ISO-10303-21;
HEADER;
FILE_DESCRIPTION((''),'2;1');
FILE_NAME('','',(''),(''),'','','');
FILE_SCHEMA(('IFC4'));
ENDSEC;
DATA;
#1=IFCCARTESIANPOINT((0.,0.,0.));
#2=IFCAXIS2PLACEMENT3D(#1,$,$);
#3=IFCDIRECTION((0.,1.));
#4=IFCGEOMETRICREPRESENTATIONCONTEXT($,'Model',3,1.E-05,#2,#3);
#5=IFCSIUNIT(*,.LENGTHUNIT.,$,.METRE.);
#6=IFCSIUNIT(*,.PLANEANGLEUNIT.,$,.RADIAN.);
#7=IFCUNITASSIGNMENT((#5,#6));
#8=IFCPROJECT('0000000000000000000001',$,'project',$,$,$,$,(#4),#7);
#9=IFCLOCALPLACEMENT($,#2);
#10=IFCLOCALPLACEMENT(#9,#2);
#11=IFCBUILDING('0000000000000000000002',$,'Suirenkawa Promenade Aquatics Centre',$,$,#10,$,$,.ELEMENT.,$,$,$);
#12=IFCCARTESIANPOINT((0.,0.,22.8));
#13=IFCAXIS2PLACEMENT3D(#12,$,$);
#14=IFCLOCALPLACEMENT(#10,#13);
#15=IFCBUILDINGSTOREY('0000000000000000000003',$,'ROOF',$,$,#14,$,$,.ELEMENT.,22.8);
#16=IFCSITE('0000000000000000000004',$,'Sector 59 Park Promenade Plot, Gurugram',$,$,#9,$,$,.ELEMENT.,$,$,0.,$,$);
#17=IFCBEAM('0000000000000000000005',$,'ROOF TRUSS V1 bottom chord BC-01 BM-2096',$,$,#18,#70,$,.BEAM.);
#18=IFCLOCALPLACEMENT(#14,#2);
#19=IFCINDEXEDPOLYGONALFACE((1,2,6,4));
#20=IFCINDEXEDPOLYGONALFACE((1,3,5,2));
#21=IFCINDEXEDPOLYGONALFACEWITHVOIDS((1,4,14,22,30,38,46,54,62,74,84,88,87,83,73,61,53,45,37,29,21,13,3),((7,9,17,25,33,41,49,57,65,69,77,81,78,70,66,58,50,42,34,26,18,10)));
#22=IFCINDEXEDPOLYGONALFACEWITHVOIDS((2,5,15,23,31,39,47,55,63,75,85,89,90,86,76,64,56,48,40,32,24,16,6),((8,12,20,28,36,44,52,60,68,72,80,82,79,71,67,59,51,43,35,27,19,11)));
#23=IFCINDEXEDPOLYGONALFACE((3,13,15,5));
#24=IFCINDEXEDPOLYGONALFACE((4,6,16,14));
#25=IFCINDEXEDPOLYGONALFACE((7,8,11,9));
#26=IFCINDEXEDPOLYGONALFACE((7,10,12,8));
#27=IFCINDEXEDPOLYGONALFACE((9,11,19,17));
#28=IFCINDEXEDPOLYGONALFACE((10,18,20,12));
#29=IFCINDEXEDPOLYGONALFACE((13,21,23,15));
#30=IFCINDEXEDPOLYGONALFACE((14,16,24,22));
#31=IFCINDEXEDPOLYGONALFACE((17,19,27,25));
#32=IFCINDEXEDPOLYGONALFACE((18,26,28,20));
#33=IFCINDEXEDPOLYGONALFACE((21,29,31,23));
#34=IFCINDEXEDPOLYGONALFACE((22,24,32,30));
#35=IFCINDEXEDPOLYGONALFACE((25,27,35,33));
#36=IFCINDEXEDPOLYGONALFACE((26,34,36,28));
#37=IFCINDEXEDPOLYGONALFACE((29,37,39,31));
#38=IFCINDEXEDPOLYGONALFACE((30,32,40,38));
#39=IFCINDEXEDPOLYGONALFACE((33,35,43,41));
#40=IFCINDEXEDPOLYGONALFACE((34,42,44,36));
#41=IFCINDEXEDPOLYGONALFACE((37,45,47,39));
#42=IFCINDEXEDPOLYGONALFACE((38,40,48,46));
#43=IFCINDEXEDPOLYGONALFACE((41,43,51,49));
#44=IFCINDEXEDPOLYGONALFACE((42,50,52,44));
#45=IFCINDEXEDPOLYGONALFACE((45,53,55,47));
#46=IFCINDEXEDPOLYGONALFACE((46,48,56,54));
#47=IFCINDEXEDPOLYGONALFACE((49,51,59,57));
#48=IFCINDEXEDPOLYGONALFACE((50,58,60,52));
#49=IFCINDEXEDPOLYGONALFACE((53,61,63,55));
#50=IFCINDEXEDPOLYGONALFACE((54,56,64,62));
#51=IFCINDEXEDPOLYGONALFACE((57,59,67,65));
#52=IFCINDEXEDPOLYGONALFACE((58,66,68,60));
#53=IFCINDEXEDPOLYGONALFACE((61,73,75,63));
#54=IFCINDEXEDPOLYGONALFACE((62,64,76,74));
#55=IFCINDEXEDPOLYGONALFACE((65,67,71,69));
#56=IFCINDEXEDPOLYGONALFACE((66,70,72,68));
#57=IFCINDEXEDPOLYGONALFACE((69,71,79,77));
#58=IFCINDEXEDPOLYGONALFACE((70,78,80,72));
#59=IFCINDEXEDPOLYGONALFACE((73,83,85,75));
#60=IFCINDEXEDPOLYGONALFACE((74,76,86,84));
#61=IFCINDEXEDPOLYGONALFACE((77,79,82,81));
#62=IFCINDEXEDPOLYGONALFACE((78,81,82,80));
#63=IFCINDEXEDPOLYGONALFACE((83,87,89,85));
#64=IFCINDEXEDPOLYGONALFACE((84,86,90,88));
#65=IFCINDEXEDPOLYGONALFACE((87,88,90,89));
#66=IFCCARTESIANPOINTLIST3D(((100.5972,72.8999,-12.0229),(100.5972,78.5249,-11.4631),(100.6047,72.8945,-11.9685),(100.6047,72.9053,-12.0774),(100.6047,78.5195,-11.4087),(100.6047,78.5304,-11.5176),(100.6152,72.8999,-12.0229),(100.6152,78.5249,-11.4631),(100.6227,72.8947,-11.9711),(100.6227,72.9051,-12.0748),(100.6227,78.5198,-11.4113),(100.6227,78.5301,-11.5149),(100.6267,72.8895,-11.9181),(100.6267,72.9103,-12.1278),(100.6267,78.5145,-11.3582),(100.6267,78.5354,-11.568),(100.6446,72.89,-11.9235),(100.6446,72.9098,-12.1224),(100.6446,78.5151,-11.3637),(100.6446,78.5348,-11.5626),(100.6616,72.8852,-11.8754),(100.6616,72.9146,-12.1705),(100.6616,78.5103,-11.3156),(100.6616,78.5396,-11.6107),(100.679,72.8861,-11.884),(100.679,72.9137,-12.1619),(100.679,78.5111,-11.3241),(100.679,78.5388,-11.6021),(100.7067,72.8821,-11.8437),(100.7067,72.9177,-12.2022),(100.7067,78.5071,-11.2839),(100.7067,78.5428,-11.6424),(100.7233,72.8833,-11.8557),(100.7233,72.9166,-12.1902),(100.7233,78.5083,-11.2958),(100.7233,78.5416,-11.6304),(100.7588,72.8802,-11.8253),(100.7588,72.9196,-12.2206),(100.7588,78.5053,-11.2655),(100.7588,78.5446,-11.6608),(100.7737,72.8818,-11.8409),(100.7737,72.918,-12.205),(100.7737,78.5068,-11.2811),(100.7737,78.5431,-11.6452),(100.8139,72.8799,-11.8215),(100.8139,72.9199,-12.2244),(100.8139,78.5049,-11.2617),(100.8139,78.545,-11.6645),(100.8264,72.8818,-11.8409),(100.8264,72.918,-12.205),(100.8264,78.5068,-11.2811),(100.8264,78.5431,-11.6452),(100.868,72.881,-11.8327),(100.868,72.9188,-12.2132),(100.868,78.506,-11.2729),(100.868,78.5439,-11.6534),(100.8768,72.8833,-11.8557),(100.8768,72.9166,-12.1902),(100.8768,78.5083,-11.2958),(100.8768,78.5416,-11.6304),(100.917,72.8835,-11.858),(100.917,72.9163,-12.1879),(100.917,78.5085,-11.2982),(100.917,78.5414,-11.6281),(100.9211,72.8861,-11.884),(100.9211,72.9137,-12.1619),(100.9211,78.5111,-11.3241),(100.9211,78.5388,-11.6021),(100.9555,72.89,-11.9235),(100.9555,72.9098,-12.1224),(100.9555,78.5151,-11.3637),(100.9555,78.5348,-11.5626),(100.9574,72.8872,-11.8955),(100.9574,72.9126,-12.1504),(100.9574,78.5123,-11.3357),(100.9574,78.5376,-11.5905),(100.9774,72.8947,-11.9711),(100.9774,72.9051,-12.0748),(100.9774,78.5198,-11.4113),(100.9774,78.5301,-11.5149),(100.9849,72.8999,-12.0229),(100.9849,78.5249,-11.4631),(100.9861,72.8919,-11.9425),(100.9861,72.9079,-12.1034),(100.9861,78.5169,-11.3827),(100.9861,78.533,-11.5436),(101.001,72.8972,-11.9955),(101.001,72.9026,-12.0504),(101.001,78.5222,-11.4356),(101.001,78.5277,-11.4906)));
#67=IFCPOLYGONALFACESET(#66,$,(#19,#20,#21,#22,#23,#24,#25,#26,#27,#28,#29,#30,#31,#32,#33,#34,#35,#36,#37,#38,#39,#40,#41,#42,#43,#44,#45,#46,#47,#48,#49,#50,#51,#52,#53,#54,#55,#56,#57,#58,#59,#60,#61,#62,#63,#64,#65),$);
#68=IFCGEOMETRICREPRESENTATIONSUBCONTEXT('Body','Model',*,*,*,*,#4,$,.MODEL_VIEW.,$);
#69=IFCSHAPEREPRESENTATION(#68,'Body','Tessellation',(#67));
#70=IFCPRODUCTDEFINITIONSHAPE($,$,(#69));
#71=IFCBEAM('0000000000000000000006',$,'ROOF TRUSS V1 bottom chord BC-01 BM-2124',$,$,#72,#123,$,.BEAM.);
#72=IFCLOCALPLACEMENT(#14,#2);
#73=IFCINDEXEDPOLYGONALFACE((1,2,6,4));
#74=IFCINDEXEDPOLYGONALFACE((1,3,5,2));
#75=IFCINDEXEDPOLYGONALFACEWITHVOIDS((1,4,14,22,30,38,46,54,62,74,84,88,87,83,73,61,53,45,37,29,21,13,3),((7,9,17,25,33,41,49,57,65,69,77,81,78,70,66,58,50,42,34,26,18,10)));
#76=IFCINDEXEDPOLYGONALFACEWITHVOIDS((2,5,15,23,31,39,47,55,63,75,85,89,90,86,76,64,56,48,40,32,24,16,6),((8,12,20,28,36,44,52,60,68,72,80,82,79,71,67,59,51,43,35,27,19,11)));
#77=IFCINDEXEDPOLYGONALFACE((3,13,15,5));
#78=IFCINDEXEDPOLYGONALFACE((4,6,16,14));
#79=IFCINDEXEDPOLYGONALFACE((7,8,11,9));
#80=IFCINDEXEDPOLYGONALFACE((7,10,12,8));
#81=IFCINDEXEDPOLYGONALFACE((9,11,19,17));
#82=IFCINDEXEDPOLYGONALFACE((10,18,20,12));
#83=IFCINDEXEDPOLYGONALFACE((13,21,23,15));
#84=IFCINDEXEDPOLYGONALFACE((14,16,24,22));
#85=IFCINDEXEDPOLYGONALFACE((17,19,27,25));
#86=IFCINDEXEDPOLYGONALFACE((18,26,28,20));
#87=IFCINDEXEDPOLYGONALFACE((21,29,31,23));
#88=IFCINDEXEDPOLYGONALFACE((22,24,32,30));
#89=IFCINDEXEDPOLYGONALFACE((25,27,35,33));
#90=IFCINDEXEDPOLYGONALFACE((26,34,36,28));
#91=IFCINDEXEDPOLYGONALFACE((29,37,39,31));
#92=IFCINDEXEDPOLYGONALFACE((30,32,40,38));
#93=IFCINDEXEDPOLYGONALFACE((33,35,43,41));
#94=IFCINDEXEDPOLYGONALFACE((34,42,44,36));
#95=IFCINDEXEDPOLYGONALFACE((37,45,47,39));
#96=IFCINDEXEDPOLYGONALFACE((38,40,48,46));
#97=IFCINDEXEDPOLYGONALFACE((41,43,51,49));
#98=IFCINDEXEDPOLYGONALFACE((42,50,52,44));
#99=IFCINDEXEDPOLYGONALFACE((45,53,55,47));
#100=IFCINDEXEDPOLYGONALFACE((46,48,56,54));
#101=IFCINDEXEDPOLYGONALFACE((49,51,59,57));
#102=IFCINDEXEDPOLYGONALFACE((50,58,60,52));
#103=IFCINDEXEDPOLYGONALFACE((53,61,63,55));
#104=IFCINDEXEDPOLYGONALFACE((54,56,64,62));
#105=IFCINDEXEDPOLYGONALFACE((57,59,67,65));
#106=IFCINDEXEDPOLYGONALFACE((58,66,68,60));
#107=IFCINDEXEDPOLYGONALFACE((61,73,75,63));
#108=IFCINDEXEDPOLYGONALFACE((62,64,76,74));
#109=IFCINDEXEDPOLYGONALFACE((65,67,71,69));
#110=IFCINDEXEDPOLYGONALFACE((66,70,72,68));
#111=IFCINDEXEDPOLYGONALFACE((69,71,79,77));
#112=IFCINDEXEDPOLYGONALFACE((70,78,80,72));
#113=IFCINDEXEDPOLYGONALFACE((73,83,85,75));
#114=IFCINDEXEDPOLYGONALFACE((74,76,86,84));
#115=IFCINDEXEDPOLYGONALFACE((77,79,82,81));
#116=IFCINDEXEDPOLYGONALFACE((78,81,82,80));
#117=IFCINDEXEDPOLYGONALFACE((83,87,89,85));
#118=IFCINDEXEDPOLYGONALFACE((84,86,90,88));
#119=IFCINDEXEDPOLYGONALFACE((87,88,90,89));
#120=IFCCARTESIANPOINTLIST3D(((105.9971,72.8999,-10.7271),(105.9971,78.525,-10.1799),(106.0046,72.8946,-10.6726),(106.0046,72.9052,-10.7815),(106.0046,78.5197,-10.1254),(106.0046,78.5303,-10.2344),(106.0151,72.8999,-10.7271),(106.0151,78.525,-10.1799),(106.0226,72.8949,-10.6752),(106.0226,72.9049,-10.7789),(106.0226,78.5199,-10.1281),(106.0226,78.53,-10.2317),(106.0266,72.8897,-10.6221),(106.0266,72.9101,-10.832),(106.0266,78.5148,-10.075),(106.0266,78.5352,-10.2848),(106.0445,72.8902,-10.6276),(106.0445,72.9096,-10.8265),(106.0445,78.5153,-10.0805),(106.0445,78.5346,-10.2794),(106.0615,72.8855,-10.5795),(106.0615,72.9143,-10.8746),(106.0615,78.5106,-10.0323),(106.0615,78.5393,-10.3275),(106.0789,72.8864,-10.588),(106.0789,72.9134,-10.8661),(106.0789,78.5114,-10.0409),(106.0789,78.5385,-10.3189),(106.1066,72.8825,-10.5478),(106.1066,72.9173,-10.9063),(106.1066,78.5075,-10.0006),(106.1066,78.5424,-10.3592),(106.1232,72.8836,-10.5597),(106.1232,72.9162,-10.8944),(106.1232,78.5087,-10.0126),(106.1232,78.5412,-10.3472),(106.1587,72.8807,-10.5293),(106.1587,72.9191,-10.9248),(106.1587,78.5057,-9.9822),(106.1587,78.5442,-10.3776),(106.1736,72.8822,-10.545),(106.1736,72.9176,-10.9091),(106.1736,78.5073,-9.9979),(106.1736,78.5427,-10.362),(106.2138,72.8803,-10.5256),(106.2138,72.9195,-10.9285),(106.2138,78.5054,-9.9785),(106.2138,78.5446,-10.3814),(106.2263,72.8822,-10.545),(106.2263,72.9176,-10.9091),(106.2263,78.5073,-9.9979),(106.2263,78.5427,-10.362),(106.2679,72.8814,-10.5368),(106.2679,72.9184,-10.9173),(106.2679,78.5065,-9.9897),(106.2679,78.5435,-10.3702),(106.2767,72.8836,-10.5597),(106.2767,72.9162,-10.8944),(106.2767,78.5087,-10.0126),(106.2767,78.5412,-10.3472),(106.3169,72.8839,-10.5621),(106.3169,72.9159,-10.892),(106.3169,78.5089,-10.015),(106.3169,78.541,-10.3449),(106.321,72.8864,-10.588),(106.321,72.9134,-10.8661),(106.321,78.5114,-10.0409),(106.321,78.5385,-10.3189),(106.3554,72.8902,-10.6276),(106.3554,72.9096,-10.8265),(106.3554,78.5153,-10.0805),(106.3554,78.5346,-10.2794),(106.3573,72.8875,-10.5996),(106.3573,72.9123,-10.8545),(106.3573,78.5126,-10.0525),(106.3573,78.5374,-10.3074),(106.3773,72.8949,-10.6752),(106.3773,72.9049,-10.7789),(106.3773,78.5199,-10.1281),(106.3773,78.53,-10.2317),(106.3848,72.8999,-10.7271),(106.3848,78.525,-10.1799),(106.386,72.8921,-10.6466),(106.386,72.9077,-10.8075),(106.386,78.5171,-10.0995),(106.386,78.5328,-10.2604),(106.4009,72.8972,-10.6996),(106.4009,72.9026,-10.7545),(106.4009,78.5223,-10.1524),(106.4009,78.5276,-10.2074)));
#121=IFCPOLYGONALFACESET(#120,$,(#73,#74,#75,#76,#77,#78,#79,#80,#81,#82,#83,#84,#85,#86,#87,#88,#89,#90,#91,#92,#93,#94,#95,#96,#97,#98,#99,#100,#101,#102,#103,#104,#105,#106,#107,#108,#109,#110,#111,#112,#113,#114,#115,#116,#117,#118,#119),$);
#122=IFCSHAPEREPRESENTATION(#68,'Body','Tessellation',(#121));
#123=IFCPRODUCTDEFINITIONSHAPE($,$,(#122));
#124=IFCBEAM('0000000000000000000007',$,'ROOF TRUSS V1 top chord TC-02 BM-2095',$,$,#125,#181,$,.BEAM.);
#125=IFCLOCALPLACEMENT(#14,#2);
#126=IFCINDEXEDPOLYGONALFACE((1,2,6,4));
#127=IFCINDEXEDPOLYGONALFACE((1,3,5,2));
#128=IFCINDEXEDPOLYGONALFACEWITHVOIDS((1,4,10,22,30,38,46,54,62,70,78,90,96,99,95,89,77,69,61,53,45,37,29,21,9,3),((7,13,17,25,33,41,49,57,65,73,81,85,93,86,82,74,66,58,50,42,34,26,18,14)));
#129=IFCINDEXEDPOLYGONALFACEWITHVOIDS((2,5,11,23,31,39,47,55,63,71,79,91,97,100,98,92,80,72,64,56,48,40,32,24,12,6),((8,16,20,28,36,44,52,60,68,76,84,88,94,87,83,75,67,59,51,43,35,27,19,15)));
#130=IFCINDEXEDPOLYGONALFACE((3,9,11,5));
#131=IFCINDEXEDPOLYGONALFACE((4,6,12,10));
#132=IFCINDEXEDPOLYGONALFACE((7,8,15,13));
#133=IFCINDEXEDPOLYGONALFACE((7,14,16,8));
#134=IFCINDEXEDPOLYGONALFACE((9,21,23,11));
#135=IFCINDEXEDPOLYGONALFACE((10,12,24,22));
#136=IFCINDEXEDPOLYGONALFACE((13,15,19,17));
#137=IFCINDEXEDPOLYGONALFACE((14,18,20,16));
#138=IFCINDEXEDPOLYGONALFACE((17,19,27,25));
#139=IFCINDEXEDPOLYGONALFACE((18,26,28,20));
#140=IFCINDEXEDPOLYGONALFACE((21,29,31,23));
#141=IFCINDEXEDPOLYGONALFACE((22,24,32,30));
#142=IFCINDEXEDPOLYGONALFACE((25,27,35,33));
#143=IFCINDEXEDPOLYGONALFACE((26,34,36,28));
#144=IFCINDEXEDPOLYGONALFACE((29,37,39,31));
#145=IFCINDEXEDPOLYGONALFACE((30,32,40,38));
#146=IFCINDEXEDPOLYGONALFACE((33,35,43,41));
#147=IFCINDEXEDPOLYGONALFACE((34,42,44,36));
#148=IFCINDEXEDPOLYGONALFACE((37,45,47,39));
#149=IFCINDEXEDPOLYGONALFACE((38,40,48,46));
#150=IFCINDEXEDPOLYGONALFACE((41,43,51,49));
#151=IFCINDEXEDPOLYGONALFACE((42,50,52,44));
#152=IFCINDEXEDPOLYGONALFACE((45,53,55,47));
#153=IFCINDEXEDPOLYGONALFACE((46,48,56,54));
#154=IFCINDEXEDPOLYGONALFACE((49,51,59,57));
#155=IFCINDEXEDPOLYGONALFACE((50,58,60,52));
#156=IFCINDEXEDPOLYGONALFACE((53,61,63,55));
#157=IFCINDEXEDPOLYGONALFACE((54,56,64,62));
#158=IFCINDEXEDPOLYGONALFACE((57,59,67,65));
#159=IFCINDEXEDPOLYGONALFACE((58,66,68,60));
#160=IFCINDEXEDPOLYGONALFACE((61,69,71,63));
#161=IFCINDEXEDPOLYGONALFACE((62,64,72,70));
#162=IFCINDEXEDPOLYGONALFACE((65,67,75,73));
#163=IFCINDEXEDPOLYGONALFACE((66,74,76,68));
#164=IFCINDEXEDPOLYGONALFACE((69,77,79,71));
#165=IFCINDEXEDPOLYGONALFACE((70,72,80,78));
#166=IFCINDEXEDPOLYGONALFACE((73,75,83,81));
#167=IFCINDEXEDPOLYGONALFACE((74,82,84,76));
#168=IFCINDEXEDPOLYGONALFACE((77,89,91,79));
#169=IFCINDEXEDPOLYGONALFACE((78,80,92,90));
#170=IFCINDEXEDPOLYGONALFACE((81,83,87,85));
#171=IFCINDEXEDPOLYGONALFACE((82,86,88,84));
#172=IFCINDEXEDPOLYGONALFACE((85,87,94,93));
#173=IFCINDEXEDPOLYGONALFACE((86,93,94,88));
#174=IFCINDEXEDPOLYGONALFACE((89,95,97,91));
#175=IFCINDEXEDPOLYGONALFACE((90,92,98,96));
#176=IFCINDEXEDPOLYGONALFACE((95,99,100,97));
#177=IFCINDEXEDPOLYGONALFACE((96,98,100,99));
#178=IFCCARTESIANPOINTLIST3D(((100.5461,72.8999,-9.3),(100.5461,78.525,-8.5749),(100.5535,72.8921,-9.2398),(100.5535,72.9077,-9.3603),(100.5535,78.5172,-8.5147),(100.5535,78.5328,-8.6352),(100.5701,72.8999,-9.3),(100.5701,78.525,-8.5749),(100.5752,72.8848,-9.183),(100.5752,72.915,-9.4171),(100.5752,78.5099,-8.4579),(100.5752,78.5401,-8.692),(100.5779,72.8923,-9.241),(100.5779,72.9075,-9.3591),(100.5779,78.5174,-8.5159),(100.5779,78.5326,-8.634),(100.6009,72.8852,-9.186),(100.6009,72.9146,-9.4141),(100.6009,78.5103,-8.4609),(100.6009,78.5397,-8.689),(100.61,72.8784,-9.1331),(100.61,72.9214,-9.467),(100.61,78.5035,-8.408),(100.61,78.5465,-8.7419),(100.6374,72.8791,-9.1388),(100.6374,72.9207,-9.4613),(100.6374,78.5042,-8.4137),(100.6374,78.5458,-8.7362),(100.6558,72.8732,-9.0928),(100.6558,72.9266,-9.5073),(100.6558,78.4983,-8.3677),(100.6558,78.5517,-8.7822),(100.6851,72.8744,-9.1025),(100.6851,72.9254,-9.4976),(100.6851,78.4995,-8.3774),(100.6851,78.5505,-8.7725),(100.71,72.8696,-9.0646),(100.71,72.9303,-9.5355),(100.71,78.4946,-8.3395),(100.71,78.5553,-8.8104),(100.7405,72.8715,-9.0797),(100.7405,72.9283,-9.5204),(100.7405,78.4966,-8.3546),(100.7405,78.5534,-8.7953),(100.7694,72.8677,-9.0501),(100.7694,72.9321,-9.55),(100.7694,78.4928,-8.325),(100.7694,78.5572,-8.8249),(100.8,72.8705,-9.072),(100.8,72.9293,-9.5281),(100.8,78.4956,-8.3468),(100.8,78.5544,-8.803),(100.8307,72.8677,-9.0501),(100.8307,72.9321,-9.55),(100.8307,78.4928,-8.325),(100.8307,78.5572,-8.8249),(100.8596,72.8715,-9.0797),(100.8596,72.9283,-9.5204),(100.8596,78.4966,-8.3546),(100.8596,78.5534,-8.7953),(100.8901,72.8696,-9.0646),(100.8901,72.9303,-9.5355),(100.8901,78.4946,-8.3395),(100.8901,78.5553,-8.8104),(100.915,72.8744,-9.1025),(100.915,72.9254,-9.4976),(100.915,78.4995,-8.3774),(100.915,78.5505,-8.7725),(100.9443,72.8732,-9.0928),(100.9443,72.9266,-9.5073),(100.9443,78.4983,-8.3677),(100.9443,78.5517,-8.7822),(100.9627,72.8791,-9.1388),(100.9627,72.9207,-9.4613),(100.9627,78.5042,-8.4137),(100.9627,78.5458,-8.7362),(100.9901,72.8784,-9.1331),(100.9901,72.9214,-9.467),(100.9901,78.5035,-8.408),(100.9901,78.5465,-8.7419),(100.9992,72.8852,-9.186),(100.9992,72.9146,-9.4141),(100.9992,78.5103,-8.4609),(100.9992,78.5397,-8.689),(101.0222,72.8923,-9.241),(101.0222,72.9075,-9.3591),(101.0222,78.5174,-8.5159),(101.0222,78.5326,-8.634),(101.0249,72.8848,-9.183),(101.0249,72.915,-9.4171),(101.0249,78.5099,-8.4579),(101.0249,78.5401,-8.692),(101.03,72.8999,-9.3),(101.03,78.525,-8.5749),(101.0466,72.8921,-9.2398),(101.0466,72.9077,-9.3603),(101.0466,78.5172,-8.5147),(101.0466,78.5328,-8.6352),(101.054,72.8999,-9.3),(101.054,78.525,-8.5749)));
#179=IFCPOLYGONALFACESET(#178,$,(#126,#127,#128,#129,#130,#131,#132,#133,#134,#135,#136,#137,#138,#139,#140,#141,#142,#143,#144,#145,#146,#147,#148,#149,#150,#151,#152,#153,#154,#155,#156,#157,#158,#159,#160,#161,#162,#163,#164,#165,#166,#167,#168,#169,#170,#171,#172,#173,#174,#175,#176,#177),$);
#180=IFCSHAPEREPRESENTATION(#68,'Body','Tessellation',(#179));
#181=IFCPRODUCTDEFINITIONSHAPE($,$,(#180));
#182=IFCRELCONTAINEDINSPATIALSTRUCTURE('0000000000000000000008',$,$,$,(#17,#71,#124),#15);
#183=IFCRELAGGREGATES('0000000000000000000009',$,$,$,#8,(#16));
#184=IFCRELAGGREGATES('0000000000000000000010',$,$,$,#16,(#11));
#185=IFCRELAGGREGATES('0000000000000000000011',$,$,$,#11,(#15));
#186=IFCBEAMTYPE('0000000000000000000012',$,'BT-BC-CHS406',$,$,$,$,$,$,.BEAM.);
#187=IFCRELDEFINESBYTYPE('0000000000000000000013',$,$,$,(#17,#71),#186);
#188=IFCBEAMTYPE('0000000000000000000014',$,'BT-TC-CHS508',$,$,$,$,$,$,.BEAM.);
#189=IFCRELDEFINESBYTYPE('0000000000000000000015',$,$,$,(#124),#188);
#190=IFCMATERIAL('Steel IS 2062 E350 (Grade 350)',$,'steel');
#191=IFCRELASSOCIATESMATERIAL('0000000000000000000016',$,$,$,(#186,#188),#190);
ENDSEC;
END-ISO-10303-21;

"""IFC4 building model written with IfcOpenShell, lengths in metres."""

from ifc_helpers import new_model, si_unit, direction, frame, origin, origin_2d, place, context, subcontext, project, spatial, hollow_circle, extrude, material, material_profile, profile_set, type_object, element, save


model = new_model("IFC4")

# Units and contexts
model_context = context("Model", 3, precision=1e-05, world=origin(), true_north=direction((0.0, 1.0)))
body_context = subcontext(model_context, "Body", "Model", "MODEL_VIEW")
ifc_project = project(units=[si_unit("LENGTHUNIT", "METRE"), si_unit("PLANEANGLEUNIT", "RADIAN")], contexts=[model_context])

# Site, building, storey
site_placement = place(None, origin())
site = spatial("IfcSite", under=ifc_project, at=site_placement, Name="Sector 59 Park Promenade Plot, Gurugram", CompositionType="ELEMENT", RefElevation=0.0)
building_placement = place(site_placement, origin())
building = spatial("IfcBuilding", under=site, at=building_placement, Name="Suirenkawa Promenade Aquatics Centre", CompositionType="ELEMENT")
storey_placement = place(building_placement, frame((0.0, 0.0, 22.8)))
storey = spatial("IfcBuildingStorey", under=building, at=storey_placement, Name="ROOF", CompositionType="ELEMENT", Elevation=22.8)

# Beams
ifc_material = material(Name="Steel IS 2062 E350 (Grade 350)", Category="steel")
ifc_material_profile_1 = material_profile(ifc_material, hollow_circle(Radius=0.2029, WallThickness=0.0181, at=origin_2d()), Name="CHS 406x18", Category="steel")
ifc_profile_set_1 = profile_set([ifc_material_profile_1], Name="Steel IS 2062 E350 (Grade 350)")
beam_type_1 = type_object("IfcBeamType", Name="BT-BC-CHS406", PredefinedType="BEAM", material=ifc_profile_set_1)
beam_1_placement = place(storey_placement, frame((100.8, 72.8999, -12.0229), z_axis=(0.0, 0.995084, 0.099033), x_axis=(-1.0, 0.0, 0.0)))
element("IfcBeam", 1, at=beam_1_placement, inside=storey, type_object=beam_type_1, Name="ROOF TRUSS V1 bottom chord BC-01 BM-2096", PredefinedType="BEAM", context=body_context, shape_type="SweptSolid", body=[
    extrude(hollow_circle(Radius=0.2029, WallThickness=0.0181, at=origin_2d()), origin(), (0.0, 0.0, 1.0), 5.6528),
])
beam_2_placement = place(storey_placement, frame((106.2, 72.8999, -10.7271), z_axis=(0.0, 0.995303, 0.096809), x_axis=(-1.0, 0.0, 0.0)))
element("IfcBeam", 2, at=beam_2_placement, inside=storey, type_object=beam_type_1, Name="ROOF TRUSS V1 bottom chord BC-01 BM-2124", PredefinedType="BEAM", context=body_context, shape_type="SweptSolid", body=[
    extrude(hollow_circle(Radius=0.2029, WallThickness=0.0181, at=origin_2d()), origin(), (0.0, 0.0, 1.0), 5.6516),
])
ifc_material_profile_2 = material_profile(ifc_material, hollow_circle(Radius=0.2539, WallThickness=0.0239, at=origin_2d()), Name="CHS 508x24", Category="steel")
ifc_profile_set_2 = profile_set([ifc_material_profile_2], Name="Steel IS 2062 E350 (Grade 350)")
beam_type_2 = type_object("IfcBeamType", Name="BT-TC-CHS508", PredefinedType="BEAM", material=ifc_profile_set_2)
for number, where, z_axis, x_axis, name in (
    (3, (100.8, 72.8999, -9.3), (0.0, 0.991794, 0.127848), (-1.0, 0.0, 0.0), "ROOF TRUSS V1 top chord TC-02 BM-2095"),
):
    element("IfcBeam", number, at=place(storey_placement, frame(where, z_axis=z_axis, x_axis=x_axis)), inside=storey, type_object=beam_type_2, Name=name, PredefinedType="BEAM", context=body_context, shape_type="SweptSolid", body=[
        extrude(hollow_circle(Radius=0.2539, WallThickness=0.0239, at=origin_2d()), origin(), (0.0, 0.0, 1.0), 5.6716),
    ])

save(model, "model.ifc")
